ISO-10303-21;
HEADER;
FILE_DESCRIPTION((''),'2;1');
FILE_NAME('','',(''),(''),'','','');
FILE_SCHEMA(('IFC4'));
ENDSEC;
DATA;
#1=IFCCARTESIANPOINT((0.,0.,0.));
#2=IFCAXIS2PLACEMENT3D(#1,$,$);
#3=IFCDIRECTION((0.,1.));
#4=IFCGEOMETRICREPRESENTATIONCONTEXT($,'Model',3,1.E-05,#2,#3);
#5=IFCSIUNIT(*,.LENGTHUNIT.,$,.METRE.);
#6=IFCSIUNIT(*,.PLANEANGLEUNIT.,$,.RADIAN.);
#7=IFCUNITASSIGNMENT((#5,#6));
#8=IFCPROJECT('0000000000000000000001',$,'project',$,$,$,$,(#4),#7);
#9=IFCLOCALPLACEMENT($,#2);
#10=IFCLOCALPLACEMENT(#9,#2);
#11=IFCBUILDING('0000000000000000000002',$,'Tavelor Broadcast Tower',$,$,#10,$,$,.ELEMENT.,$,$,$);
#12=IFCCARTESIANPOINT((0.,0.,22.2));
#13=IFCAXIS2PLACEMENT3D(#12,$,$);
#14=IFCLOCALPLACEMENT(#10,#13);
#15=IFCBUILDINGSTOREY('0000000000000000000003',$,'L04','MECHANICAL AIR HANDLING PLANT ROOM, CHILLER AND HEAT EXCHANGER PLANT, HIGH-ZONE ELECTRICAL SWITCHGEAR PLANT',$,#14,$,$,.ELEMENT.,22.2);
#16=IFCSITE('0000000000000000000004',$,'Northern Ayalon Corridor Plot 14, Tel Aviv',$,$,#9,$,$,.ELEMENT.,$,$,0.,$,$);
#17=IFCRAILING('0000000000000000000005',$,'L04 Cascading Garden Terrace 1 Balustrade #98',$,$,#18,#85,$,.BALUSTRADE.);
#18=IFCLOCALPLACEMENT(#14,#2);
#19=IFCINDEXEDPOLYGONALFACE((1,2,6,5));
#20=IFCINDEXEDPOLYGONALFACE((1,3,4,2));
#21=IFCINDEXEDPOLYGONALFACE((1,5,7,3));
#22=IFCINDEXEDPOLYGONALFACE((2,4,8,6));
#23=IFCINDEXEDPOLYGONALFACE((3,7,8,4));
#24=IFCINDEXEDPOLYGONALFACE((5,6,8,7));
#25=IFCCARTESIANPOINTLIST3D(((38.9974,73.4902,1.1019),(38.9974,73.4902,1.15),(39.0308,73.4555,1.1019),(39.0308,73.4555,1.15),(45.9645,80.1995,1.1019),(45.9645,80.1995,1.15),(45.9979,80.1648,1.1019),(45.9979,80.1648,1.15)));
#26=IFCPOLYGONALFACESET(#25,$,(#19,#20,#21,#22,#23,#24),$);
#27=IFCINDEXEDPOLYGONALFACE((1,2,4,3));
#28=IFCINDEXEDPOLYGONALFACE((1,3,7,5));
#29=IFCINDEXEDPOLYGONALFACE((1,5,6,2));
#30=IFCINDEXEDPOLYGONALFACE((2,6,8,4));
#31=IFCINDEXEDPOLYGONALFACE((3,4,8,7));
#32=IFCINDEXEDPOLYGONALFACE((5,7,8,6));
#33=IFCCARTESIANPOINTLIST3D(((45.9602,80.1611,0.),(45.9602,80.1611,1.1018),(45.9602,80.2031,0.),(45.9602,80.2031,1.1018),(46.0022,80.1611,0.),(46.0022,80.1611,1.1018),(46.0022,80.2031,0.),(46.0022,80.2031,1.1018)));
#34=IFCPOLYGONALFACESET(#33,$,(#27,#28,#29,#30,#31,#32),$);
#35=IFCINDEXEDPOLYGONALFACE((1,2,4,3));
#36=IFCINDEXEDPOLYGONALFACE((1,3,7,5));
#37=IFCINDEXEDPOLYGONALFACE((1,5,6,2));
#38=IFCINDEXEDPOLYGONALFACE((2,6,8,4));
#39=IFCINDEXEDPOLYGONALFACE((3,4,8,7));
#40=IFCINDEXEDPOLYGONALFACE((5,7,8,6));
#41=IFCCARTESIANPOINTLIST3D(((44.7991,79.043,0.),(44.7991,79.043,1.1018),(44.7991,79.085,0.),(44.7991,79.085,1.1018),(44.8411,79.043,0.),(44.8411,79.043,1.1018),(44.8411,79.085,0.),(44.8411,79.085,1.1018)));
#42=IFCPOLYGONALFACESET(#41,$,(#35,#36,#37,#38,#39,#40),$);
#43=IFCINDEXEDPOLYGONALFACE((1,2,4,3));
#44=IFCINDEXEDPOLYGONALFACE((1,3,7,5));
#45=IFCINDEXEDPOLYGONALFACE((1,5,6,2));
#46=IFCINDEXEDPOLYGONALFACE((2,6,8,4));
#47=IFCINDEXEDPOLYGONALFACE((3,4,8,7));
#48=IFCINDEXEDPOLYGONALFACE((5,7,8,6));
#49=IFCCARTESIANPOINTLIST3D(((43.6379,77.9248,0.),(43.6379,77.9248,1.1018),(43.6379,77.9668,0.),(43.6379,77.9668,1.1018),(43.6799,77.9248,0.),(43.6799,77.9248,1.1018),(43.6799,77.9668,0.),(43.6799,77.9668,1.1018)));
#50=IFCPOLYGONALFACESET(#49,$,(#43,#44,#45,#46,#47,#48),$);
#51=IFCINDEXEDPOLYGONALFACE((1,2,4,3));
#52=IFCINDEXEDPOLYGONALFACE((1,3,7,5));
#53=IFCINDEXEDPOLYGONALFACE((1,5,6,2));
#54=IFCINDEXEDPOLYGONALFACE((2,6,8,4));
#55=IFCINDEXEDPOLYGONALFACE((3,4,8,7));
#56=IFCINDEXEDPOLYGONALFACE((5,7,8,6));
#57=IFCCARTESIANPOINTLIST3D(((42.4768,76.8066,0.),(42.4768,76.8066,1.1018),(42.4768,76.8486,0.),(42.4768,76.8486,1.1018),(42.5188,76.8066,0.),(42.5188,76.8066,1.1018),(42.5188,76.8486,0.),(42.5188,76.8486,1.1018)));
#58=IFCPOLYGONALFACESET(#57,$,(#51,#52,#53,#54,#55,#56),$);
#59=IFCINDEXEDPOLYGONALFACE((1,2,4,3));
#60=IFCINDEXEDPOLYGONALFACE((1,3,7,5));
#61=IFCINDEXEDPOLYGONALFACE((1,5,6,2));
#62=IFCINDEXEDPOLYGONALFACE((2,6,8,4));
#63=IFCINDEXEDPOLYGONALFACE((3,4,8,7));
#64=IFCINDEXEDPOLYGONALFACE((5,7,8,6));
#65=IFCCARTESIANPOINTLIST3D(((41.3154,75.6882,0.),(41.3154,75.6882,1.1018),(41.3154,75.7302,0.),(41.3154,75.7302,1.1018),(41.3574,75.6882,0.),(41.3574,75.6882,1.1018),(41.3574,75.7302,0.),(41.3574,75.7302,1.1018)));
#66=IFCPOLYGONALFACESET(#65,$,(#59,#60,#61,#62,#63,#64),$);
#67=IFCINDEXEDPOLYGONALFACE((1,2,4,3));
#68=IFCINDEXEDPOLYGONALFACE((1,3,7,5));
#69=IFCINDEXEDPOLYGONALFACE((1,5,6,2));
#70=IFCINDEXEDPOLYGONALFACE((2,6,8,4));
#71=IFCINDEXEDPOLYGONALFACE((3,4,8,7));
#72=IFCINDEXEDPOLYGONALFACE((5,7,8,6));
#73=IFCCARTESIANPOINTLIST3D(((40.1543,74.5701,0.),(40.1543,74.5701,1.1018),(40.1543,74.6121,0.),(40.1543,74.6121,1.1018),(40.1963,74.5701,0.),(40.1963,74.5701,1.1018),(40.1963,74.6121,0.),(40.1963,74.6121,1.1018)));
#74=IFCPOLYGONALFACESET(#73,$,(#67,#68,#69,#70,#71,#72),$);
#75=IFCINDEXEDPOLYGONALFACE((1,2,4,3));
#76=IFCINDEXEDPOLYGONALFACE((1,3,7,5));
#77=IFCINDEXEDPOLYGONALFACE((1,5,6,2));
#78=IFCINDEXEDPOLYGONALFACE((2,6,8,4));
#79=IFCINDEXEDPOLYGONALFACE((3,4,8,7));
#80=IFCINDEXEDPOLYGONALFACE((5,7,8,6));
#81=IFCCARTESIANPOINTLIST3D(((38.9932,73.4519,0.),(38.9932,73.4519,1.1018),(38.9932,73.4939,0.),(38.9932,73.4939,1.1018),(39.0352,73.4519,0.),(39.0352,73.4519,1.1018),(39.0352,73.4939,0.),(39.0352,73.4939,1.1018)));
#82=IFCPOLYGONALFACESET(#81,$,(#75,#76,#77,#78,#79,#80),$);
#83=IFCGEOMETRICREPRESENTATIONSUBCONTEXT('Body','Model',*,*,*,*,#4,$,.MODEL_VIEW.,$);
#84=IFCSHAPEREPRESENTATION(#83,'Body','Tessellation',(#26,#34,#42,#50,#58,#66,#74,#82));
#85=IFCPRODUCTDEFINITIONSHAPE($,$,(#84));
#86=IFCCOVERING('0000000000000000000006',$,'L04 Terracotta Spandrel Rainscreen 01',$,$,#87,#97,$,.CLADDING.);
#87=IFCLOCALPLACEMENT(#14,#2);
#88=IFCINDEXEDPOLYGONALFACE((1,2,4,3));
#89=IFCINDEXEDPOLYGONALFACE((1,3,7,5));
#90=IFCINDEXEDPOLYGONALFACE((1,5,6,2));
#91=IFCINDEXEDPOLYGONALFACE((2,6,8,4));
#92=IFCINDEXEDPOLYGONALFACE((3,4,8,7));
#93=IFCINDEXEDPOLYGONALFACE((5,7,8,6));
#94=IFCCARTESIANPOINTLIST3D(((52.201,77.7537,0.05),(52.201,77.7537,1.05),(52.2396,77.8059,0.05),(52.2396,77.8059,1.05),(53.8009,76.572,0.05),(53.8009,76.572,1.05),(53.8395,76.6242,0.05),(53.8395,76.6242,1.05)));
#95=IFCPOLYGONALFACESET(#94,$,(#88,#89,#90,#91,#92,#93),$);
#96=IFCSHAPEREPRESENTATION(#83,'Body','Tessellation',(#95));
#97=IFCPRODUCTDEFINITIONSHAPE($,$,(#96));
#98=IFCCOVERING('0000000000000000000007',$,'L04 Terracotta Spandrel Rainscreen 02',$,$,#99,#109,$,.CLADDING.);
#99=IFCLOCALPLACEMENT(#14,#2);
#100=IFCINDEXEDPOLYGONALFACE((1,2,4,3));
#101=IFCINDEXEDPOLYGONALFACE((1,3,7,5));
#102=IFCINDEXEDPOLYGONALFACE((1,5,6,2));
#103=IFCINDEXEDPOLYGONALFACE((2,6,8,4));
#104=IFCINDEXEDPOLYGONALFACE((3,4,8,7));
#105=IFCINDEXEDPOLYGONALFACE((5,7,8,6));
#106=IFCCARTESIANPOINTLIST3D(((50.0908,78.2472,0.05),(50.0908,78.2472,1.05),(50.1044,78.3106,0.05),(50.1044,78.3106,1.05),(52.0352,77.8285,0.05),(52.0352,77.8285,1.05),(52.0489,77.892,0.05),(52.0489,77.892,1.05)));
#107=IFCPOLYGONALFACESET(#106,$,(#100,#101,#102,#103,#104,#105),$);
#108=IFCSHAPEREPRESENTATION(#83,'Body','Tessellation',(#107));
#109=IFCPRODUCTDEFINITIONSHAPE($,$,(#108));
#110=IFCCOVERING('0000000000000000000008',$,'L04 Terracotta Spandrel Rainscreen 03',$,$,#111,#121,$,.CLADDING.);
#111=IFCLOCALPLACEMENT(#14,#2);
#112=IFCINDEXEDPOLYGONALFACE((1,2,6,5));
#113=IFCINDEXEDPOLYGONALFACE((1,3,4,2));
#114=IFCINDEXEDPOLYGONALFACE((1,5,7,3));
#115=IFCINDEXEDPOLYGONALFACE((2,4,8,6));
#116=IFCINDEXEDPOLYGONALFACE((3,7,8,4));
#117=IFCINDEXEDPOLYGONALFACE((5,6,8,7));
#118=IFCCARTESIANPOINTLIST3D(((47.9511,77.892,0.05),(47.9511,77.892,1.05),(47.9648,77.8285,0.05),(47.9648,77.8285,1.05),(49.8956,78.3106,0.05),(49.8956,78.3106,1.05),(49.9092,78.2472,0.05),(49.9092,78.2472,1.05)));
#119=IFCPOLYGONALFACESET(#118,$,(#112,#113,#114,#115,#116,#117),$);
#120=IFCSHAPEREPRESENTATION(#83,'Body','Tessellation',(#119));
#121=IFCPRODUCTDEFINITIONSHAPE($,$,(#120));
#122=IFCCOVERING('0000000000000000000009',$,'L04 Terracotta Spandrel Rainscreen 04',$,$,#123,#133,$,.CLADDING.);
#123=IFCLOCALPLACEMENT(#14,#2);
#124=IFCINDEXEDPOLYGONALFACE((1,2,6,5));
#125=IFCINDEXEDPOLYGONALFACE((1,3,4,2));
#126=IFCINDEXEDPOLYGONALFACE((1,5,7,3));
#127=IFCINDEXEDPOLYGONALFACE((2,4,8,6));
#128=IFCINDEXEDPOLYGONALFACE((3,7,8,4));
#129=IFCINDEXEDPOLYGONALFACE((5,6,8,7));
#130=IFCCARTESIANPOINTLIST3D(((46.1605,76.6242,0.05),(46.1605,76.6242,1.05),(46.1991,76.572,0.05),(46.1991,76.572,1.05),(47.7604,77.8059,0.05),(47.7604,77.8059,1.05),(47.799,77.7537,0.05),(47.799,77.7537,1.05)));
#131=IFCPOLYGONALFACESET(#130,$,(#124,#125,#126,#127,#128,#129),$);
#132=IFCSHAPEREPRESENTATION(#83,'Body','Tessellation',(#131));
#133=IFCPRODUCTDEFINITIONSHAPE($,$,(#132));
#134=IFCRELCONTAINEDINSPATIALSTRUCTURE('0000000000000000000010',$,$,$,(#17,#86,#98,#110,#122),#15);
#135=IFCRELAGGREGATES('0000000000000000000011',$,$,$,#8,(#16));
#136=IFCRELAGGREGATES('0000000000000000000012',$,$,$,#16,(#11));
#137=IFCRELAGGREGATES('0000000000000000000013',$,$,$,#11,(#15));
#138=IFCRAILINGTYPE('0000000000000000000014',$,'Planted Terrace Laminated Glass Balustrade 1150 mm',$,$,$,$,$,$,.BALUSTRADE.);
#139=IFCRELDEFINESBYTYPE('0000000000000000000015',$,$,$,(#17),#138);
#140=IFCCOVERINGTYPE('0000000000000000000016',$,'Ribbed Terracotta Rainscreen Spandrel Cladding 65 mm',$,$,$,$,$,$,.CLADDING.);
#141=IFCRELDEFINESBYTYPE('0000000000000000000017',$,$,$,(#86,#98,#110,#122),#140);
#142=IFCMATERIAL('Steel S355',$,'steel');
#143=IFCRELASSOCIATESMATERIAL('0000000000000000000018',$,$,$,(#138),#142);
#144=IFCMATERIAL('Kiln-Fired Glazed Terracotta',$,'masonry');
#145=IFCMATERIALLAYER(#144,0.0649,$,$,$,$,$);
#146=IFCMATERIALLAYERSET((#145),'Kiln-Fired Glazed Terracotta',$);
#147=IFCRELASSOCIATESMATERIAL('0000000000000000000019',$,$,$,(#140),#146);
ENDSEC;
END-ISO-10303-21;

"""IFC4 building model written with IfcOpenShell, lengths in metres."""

from ifc_helpers import new_model, si_unit, direction, frame, origin, origin_2d, place, context, subcontext, project, spatial, rectangle, extrude, material, layer, layer_set, type_object, element, save


model = new_model("IFC4")

# Units and contexts
model_context = context("Model", 3, precision=1e-05, world=origin(), true_north=direction((0.0, 1.0)))
body_context = subcontext(model_context, "Body", "Model", "MODEL_VIEW")
ifc_project = project(units=[si_unit("LENGTHUNIT", "METRE"), si_unit("PLANEANGLEUNIT", "RADIAN")], contexts=[model_context])

# Site, building, storey
site_placement = place(None, origin())
site = spatial("IfcSite", under=ifc_project, at=site_placement, Name="Northern Ayalon Corridor Plot 14, Tel Aviv", CompositionType="ELEMENT", RefElevation=0.0)
building_placement = place(site_placement, origin())
building = spatial("IfcBuilding", under=site, at=building_placement, Name="Tavelor Broadcast Tower", CompositionType="ELEMENT")
storey_placement = place(building_placement, frame((0.0, 0.0, 22.2)))
storey = spatial("IfcBuildingStorey", under=building, at=storey_placement, Name="L04", Description="MECHANICAL AIR HANDLING PLANT ROOM, CHILLER AND HEAT EXCHANGER PLANT, HIGH-ZONE ELECTRICAL SWITCHGEAR PLANT", CompositionType="ELEMENT", Elevation=22.2)

# Railing
ifc_material_1 = material(Name="Steel S355", Category="steel")
railing_type = type_object("IfcRailingType", Name="Planted Terrace Laminated Glass Balustrade 1150 mm", PredefinedType="BALUSTRADE", material=ifc_material_1)
railing_1_placement = place(storey_placement, frame((45.9812, 80.1821, 0.0)))
element("IfcRailing", 1, at=railing_1_placement, inside=storey, type_object=railing_type, Name="L04 Cascading Garden Terrace 1 Balustrade #98", PredefinedType="BALUSTRADE", context=body_context, shape_type="SweptSolid", body=[
    extrude(rectangle(XDim=0.0481, YDim=0.0481, at=origin_2d()), frame((0.0, 0.0, 1.126), z_axis=(-0.720309, -0.693654, 0.0), x_axis=(0.693654, -0.720309, 0.0)), (0.0, 0.0, 1.0), 9.6724),
    extrude(rectangle(XDim=0.042, YDim=0.042, at=origin_2d()), origin(), (0.0, 0.0, 1.0), 1.1018),
    extrude(rectangle(XDim=0.042, YDim=0.042, at=origin_2d()), frame((-1.1611, -1.1182, 0.0)), (0.0, 0.0, 1.0), 1.1018),
    extrude(rectangle(XDim=0.042, YDim=0.042, at=origin_2d()), frame((-2.3223, -2.2363, 0.0)), (0.0, 0.0, 1.0), 1.1018),
    extrude(rectangle(XDim=0.042, YDim=0.042, at=origin_2d()), frame((-3.4834, -3.3545, 0.0)), (0.0, 0.0, 1.0), 1.1018),
    extrude(rectangle(XDim=0.042, YDim=0.042, at=origin_2d()), frame((-4.6448, -4.4729, 0.0)), (0.0, 0.0, 1.0), 1.1018),
    extrude(rectangle(XDim=0.042, YDim=0.042, at=origin_2d()), frame((-5.8059, -5.5911, 0.0)), (0.0, 0.0, 1.0), 1.1018),
    extrude(rectangle(XDim=0.042, YDim=0.042, at=origin_2d()), frame((-6.967, -6.7092, 0.0)), (0.0, 0.0, 1.0), 1.1018),
])

# Coverings
ifc_material_2 = material(Name="Kiln-Fired Glazed Terracotta", Category="masonry")
ifc_layer_1 = layer(ifc_material_2, 0.0649)
ifc_layer_set_1 = layer_set([ifc_layer_1], Name="Kiln-Fired Glazed Terracotta")
covering_type = type_object("IfcCoveringType", Name="Ribbed Terracotta Rainscreen Spandrel Cladding 65 mm", PredefinedType="CLADDING", material=ifc_layer_set_1)
for number, where, z_axis, x_axis, name in (
    (2, (53.0203, 77.189, 0.05), (0.0, 0.0, 1.0), (-0.804376, 0.594121, 0.0), "L04 Terracotta Spandrel Rainscreen 01"),
    (3, (51.0698, 78.0696, 0.05), (0.0, 0.0, 1.0), (-0.9776, 0.210472, 0.0), "L04 Terracotta Spandrel Rainscreen 02"),
    (4, (48.9302, 78.0696, 0.05), (0.0, 0.0, 1.0), (-0.9776, -0.210472, 0.0), "L04 Terracotta Spandrel Rainscreen 03"),
    (5, (46.9797, 77.189, 0.05), (0.0, 0.0, 1.0), (-0.804376, -0.594121, 0.0), "L04 Terracotta Spandrel Rainscreen 04"),
):
    element("IfcCovering", number, at=place(storey_placement, frame(where, z_axis=z_axis, x_axis=x_axis)), inside=storey, type_object=covering_type, Name=name, PredefinedType="CLADDING", context=body_context, shape_type="SweptSolid", body=[
        extrude(rectangle(XDim=1.989, YDim=0.0649, at=origin_2d()), origin(), (0.0, 0.0, 1.0), 1.0),
    ])

save(model, "model.ifc")
